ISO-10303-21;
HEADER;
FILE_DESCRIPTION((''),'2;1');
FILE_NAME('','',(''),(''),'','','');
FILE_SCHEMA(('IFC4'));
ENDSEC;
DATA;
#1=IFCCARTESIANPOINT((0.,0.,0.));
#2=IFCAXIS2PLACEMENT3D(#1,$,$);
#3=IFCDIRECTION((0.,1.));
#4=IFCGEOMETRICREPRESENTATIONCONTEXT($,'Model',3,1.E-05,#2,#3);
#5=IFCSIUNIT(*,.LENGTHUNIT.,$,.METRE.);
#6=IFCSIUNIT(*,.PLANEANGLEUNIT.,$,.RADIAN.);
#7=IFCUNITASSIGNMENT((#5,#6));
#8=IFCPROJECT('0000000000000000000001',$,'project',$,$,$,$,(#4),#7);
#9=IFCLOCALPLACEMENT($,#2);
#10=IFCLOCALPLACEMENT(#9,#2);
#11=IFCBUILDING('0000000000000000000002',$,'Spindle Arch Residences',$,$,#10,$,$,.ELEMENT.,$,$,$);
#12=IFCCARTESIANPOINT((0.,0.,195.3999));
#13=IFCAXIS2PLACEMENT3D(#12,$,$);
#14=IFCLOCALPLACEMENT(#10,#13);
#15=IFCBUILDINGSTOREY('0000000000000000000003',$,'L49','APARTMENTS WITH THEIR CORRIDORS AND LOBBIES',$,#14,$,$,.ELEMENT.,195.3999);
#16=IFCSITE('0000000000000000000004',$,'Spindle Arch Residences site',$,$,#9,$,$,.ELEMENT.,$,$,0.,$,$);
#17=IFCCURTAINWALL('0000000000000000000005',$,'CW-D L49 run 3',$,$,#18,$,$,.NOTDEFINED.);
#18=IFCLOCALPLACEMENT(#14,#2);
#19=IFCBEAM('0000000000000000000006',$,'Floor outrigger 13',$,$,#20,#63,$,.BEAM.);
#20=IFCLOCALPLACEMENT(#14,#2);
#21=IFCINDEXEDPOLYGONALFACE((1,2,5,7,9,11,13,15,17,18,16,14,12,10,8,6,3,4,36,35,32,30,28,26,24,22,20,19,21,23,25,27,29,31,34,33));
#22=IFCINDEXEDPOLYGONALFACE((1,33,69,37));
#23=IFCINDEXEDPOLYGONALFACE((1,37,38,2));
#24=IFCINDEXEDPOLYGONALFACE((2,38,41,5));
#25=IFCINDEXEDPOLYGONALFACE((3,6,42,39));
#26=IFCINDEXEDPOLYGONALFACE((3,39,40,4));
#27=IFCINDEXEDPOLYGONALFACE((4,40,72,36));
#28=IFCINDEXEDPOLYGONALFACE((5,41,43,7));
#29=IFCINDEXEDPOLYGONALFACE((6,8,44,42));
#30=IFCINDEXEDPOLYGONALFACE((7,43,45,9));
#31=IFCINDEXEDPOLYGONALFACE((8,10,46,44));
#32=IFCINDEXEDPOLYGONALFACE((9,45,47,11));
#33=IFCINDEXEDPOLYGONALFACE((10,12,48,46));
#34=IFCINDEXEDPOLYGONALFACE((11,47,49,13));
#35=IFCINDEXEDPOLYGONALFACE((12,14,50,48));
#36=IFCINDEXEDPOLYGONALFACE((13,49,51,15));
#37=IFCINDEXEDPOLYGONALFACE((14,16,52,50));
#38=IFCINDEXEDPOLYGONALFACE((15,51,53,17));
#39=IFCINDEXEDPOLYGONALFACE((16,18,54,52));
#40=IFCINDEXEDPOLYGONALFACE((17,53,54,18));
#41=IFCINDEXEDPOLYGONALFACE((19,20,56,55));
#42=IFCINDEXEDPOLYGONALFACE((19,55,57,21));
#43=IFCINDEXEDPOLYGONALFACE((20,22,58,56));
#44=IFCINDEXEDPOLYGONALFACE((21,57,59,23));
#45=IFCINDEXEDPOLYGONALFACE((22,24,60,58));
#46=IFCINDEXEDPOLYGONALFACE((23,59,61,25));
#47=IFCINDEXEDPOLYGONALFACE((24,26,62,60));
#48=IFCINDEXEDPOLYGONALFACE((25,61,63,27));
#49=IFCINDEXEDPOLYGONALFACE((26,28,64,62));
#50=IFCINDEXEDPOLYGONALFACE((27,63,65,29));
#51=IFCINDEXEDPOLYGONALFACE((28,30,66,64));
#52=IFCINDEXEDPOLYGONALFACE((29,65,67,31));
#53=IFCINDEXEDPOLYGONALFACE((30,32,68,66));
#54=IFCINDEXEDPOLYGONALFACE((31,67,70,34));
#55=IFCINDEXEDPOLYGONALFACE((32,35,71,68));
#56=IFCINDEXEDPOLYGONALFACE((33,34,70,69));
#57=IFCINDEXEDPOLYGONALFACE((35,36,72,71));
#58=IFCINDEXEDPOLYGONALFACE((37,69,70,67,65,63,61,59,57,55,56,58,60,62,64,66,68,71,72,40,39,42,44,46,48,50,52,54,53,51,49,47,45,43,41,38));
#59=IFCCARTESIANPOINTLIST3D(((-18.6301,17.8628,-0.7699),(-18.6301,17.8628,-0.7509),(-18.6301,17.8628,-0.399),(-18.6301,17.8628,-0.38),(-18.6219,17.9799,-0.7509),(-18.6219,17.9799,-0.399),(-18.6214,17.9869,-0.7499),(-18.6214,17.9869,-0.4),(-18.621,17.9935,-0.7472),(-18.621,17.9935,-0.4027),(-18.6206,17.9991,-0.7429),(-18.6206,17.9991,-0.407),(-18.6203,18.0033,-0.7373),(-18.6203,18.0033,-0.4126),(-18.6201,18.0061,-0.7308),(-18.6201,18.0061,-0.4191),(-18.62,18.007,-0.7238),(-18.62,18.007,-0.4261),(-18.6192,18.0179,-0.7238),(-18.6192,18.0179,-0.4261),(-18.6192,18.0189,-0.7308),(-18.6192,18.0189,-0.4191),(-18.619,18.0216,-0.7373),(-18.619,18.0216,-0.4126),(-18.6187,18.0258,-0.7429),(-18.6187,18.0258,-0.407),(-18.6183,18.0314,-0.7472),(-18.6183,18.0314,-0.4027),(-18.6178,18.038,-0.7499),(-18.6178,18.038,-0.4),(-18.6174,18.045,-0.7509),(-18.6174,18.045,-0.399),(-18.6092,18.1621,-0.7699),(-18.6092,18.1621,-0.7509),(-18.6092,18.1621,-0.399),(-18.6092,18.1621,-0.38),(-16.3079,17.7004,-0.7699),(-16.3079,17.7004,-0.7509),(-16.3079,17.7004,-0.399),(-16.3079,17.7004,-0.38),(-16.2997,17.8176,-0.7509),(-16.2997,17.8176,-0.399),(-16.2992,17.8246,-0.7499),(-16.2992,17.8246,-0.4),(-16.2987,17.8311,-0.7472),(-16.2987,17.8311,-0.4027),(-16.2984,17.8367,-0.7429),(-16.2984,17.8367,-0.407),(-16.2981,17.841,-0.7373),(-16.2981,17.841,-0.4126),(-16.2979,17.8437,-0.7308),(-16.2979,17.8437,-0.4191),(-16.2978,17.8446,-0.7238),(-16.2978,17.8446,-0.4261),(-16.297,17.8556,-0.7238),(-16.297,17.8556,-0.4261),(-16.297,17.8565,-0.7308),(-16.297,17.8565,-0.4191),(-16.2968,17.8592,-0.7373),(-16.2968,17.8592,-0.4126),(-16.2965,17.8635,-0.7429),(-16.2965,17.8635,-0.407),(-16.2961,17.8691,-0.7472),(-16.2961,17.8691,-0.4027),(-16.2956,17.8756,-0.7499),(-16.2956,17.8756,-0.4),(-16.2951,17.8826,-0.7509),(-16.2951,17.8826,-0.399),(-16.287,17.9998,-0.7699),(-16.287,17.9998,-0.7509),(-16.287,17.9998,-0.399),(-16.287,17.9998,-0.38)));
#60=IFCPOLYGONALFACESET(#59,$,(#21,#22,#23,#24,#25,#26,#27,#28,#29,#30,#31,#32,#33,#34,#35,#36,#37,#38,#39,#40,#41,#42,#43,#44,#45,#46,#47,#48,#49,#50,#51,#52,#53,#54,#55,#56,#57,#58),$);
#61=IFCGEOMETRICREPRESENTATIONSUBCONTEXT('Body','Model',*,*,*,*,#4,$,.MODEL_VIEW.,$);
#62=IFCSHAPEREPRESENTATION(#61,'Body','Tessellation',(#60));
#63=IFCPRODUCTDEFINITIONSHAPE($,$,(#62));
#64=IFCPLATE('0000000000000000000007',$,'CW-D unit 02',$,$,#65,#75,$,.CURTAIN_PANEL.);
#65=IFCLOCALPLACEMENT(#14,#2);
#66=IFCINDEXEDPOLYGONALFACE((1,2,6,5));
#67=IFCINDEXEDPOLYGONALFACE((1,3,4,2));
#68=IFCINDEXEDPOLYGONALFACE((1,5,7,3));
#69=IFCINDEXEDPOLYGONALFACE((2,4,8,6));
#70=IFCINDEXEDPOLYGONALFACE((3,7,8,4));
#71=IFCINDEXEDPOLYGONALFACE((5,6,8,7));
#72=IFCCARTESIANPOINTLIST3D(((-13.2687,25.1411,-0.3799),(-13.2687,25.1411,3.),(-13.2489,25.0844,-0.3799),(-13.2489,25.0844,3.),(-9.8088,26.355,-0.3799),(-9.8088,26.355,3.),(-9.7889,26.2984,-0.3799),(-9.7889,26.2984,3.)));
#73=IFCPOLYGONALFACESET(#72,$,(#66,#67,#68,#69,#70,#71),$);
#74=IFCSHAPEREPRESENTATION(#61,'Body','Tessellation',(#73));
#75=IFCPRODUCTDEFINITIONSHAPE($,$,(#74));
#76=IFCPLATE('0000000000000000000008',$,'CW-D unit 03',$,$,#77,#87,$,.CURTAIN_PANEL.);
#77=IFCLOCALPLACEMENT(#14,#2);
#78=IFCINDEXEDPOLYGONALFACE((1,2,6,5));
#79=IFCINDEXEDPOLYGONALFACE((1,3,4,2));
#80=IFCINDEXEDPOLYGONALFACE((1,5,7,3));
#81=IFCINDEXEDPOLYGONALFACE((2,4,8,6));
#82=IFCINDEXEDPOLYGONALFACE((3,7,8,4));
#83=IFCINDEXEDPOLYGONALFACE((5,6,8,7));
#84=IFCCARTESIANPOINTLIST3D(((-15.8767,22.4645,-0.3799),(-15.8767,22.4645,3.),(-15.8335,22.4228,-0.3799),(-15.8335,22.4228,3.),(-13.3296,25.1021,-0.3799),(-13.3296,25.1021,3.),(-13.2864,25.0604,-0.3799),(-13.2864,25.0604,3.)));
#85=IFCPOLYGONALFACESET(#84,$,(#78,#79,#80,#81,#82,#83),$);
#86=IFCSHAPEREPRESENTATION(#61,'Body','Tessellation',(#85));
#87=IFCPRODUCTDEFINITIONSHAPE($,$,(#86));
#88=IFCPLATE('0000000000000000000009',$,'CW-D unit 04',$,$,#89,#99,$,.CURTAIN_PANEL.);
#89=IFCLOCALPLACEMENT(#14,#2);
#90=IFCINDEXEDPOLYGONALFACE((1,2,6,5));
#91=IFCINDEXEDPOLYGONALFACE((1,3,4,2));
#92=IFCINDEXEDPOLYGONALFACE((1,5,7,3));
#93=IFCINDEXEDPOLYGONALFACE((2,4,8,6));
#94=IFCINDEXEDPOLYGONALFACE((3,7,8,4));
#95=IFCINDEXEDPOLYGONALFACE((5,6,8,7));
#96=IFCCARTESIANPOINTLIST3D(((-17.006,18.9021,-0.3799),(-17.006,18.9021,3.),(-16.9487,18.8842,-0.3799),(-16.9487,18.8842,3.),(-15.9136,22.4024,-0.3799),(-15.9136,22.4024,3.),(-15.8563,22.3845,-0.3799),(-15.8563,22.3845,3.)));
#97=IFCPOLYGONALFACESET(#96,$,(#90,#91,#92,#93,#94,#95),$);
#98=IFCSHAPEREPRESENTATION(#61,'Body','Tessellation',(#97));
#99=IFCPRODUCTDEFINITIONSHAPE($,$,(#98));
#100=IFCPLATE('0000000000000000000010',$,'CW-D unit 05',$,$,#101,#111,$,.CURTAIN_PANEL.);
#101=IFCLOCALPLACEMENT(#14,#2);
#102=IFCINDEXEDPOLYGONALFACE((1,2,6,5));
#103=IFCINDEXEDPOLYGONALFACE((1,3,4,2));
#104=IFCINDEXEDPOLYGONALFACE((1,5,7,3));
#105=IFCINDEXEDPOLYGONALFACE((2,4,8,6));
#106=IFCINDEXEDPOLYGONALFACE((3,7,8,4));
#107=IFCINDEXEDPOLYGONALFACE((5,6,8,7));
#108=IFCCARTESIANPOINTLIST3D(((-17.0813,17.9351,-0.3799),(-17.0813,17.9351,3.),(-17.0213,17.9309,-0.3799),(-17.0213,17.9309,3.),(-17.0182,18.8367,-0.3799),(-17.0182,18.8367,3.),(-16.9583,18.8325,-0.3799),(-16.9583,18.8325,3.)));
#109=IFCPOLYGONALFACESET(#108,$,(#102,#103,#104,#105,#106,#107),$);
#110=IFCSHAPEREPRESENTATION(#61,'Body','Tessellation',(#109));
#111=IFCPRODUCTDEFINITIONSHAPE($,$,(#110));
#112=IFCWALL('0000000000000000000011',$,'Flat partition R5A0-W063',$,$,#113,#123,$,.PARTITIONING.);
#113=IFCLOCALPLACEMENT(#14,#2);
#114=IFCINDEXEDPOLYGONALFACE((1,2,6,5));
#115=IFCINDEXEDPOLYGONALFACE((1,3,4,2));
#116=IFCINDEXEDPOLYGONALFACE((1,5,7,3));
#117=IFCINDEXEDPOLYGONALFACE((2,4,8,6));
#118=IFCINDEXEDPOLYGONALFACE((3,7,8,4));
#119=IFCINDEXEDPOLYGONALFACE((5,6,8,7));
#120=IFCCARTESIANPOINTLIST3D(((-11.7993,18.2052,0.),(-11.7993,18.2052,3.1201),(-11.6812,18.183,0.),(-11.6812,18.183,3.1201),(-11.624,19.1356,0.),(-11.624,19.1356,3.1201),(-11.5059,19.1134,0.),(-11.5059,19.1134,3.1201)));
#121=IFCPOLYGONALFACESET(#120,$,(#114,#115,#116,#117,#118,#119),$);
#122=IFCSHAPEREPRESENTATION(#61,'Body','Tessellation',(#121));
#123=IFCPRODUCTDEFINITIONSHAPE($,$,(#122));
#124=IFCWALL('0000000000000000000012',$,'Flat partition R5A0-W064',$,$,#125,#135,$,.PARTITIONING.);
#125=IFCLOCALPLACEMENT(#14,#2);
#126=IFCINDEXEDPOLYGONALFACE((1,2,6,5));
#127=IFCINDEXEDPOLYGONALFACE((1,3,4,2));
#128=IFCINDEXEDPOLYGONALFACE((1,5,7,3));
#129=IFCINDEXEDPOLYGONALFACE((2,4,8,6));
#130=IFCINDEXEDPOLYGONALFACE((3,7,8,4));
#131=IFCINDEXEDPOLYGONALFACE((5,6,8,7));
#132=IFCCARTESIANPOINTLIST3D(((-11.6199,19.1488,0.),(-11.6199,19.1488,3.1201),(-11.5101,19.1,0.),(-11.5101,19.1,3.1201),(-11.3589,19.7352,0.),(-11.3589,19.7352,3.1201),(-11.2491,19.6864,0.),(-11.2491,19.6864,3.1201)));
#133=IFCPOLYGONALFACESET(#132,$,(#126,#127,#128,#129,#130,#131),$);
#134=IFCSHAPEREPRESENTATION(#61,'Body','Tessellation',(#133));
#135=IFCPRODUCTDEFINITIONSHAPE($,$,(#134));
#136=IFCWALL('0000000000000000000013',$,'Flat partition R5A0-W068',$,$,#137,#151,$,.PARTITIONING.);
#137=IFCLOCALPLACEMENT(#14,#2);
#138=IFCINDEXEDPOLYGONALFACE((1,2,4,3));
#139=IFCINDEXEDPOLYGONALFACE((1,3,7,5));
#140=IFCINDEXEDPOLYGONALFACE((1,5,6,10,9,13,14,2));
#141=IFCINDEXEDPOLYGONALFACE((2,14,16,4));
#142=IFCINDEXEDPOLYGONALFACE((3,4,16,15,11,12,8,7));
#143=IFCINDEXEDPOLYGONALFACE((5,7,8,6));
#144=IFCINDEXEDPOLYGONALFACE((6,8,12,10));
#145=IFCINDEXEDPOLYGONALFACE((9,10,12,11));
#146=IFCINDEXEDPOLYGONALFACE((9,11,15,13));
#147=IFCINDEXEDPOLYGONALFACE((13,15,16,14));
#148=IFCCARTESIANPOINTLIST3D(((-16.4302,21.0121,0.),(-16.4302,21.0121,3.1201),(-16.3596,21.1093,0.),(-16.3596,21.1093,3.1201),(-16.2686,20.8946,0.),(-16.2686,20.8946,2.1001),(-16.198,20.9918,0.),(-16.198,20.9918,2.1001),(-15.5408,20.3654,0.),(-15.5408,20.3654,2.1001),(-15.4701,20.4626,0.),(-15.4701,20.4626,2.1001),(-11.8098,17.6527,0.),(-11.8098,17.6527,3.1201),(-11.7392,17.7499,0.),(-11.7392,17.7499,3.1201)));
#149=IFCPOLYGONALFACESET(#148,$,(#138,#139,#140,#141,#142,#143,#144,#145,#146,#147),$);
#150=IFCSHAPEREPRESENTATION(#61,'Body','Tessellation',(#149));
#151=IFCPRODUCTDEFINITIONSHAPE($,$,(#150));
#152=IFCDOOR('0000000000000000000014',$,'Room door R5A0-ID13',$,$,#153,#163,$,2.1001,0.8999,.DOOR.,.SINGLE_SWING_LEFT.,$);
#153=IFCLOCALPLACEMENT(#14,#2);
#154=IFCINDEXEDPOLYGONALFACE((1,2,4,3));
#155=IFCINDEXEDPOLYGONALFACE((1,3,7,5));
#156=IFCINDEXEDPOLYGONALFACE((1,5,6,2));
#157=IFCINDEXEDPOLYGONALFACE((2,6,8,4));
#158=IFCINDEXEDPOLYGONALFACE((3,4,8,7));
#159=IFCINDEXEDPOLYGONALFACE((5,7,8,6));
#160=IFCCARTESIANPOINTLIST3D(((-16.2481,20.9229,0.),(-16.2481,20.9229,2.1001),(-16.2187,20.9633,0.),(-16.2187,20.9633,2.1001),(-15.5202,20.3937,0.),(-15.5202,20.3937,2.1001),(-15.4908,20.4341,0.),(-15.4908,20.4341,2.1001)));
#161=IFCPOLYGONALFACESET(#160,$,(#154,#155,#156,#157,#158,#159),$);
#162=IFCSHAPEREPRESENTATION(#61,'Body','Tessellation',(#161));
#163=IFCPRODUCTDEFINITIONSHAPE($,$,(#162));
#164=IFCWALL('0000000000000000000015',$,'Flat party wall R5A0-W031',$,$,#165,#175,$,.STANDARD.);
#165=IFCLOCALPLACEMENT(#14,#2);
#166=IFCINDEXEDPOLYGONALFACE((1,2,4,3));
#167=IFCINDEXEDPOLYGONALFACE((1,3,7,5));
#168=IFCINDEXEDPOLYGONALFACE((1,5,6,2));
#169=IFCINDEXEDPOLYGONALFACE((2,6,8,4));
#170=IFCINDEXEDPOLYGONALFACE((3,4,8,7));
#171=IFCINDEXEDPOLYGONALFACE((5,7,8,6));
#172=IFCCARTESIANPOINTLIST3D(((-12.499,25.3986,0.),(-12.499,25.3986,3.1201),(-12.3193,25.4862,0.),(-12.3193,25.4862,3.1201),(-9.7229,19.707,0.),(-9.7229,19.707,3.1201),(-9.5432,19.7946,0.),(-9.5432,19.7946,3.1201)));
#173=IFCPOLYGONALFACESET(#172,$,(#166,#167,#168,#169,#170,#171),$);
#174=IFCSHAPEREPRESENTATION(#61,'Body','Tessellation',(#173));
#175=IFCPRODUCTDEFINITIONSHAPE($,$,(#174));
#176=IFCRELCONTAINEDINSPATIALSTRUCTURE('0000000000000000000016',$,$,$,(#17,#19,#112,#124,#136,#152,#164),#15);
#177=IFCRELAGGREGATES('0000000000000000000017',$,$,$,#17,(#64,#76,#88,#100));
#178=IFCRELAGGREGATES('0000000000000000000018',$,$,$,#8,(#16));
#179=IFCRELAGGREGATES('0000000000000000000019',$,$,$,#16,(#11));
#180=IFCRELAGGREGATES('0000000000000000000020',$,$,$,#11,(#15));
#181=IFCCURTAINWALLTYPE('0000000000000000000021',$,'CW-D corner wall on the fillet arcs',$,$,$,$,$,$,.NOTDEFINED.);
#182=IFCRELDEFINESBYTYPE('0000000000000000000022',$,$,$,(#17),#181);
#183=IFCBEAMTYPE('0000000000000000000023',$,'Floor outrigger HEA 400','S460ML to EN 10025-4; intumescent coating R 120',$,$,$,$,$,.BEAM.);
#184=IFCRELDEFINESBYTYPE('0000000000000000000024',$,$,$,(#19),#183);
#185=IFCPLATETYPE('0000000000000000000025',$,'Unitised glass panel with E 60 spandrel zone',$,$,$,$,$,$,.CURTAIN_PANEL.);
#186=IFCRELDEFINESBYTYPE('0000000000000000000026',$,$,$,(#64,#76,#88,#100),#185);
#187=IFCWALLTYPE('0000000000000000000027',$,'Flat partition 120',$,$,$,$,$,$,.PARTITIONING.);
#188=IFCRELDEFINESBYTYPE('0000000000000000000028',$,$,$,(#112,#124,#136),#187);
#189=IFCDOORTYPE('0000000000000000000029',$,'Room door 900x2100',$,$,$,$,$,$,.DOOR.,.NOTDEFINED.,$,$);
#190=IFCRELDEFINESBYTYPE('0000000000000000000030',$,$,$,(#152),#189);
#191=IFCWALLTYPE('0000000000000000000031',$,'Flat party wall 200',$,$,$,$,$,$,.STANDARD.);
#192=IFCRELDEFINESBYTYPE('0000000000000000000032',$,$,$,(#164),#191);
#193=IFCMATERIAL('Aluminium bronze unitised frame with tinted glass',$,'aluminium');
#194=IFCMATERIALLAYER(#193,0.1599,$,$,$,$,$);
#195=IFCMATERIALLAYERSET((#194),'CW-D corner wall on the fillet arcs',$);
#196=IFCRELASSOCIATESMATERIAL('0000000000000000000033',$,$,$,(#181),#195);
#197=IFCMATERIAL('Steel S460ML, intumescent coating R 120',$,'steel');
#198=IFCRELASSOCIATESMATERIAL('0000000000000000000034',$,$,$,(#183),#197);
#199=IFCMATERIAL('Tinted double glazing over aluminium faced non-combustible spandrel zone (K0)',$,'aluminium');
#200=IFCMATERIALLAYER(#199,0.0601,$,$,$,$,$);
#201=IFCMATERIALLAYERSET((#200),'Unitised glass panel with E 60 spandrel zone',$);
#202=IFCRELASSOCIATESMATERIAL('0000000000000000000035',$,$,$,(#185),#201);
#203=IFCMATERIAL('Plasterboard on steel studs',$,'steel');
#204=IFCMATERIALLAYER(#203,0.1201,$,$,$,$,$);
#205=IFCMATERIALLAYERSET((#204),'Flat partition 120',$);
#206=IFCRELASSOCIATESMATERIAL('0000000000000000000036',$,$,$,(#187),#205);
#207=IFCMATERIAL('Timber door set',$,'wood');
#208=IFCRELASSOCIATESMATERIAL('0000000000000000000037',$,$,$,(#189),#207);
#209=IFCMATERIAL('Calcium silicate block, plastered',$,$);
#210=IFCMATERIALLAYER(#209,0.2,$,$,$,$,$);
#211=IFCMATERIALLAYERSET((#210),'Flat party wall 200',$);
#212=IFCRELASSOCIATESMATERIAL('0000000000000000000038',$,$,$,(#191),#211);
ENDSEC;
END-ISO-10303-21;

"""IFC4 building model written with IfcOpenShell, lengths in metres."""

from ifc_helpers import new_model, si_unit, direction, frame, frame_2d, origin, origin_2d, place, context, subcontext, project, spatial, rectangle, i_section, extrude, material, layer, layer_set, material_profile, profile_set, type_object, element, fill, aggregate, save


model = new_model("IFC4")

# Units and contexts
model_context = context("Model", 3, precision=1e-05, world=origin(), true_north=direction((0.0, 1.0)))
body_context = subcontext(model_context, "Body", "Model", "MODEL_VIEW")
ifc_project = project(units=[si_unit("LENGTHUNIT", "METRE"), si_unit("PLANEANGLEUNIT", "RADIAN")], contexts=[model_context])

# Site, building, storey
site_placement = place(None, origin())
site = spatial("IfcSite", under=ifc_project, at=site_placement, Name="Spindle Arch Residences site", CompositionType="ELEMENT", RefElevation=0.0)
building_placement = place(site_placement, origin())
building = spatial("IfcBuilding", under=site, at=building_placement, Name="Spindle Arch Residences", CompositionType="ELEMENT")
storey_placement = place(building_placement, frame((0.0, 0.0, 195.3999)))
storey = spatial("IfcBuildingStorey", under=building, at=storey_placement, Name="L49", Description="APARTMENTS WITH THEIR CORRIDORS AND LOBBIES", CompositionType="ELEMENT", Elevation=195.3999)

# Curtain wall
ifc_material_1 = material(Name="Aluminium bronze unitised frame with tinted glass", Category="aluminium")
ifc_layer_1 = layer(ifc_material_1, 0.1599)
ifc_layer_set_1 = layer_set([ifc_layer_1], Name="CW-D corner wall on the fillet arcs")
curtain_wall_type_1 = type_object("IfcCurtainWallType", Name="CW-D corner wall on the fillet arcs", PredefinedType="NOTDEFINED", material=ifc_layer_set_1)
curtain_wall_1_placement = place(storey_placement, origin())
curtain_wall_1 = element("IfcCurtainWall", 1, at=curtain_wall_1_placement, inside=storey, type_object=curtain_wall_type_1, Name="CW-D L49 run 3", PredefinedType="NOTDEFINED")

# Beam
ifc_material_2 = material(Name="Steel S460ML, intumescent coating R 120", Category="steel")
ifc_material_profile_1 = material_profile(ifc_material_2, i_section(OverallWidth=0.3, OverallDepth=0.3899, WebThickness=0.011, FlangeThickness=0.019, FilletRadius=0.0271, at=origin_2d()), Name="HEA 400")
ifc_profile_set_1 = profile_set([ifc_material_profile_1], Name="Steel S460ML, intumescent coating R 120")
beam_type_1 = type_object("IfcBeamType", Name="Floor outrigger HEA 400", Description="S460ML to EN 10025-4; intumescent coating R 120", PredefinedType="BEAM", material=ifc_profile_set_1)
beam_1_placement = place(storey_placement, frame((-18.6196, 18.0125, -0.575), z_axis=(0.997565, -0.069741, 0.0), x_axis=(0.069741, 0.997565, 0.0)))
element("IfcBeam", 2, at=beam_1_placement, inside=storey, type_object=beam_type_1, Name="Floor outrigger 13", PredefinedType="BEAM", context=body_context, shape_type="SweptSolid", body=[
    extrude(i_section(OverallWidth=0.3, OverallDepth=0.3899, WebThickness=0.011, FlangeThickness=0.019, FilletRadius=0.0271, at=origin_2d()), origin(), (0.0, 0.0, 1.0), 2.3279),
])

# Plates
ifc_material_3 = material(Name="Tinted double glazing over aluminium faced non-combustible spandrel zone (K0)", Category="aluminium")
ifc_layer_2 = layer(ifc_material_3, 0.0601)
ifc_layer_set_2 = layer_set([ifc_layer_2], Name="Unitised glass panel with E 60 spandrel zone")
plate_type = type_object("IfcPlateType", Name="Unitised glass panel with E 60 spandrel zone", PredefinedType="CURTAIN_PANEL", material=ifc_layer_set_2)
plate_1_placement = place(storey_placement, frame((-11.5288, 25.7197, -0.3799), z_axis=(0.0, 0.0, 1.0), x_axis=(-0.943609, -0.331063, 0.0)))
plate_1 = element("IfcPlate", 3, at=plate_1_placement, type_object=plate_type, Name="CW-D unit 02", PredefinedType="CURTAIN_PANEL", context=body_context, shape_type="SweptSolid", body=[
    extrude(rectangle(XDim=3.6667, YDim=0.0601, at=origin_2d()), origin(), (0.0, 0.0, 1.0), 3.3799),
])
plate_2_placement = place(storey_placement, frame((-14.5815, 23.7625, -0.3799), z_axis=(0.0, 0.0, 1.0), x_axis=(-0.694658, -0.71934, 0.0)))
plate_2 = element("IfcPlate", 4, at=plate_2_placement, type_object=plate_type, Name="CW-D unit 03", PredefinedType="CURTAIN_PANEL", context=body_context, shape_type="SweptSolid", body=[
    extrude(rectangle(XDim=3.6667, YDim=0.0601, at=origin_2d()), origin(), (0.0, 0.0, 1.0), 3.3799),
])
plate_3_placement = place(storey_placement, frame((-16.4312, 20.6433, -0.3799), z_axis=(0.0, 0.0, 1.0), x_axis=(-0.29793, -0.954588, 0.0)))
plate_3 = element("IfcPlate", 5, at=plate_3_placement, type_object=plate_type, Name="CW-D unit 04", PredefinedType="CURTAIN_PANEL", context=body_context, shape_type="SweptSolid", body=[
    extrude(rectangle(XDim=3.6667, YDim=0.0601, at=origin_2d()), origin(), (0.0, 0.0, 1.0), 3.3799),
])
plate_4_placement = place(storey_placement, frame((-17.0198, 18.3838, -0.3799), z_axis=(0.0, 0.0, 1.0), x_axis=(-0.069756, -0.997564, 0.0)))
plate_4 = element("IfcPlate", 6, at=plate_4_placement, type_object=plate_type, Name="CW-D unit 05", PredefinedType="CURTAIN_PANEL", context=body_context, shape_type="SweptSolid", body=[
    extrude(rectangle(XDim=0.9038, YDim=0.0601, at=origin_2d()), origin(), (0.0, 0.0, 1.0), 3.3799),
])
aggregate(curtain_wall_1, [plate_1, plate_2, plate_3, plate_4])

# Walls
ifc_material_4 = material(Name="Plasterboard on steel studs", Category="steel")
ifc_layer_3 = layer(ifc_material_4, 0.1201)
ifc_layer_set_3 = layer_set([ifc_layer_3], Name="Flat partition 120")
wall_type_1 = type_object("IfcWallType", Name="Flat partition 120", PredefinedType="PARTITIONING", material=ifc_layer_set_3)
wall_1_placement = place(storey_placement, frame((-11.7402, 18.1941, 0.0), z_axis=(0.0, 0.0, 1.0), x_axis=(0.185145, 0.982711, 0.0)))
element("IfcWall", 7, at=wall_1_placement, inside=storey, type_object=wall_type_1, Name="Flat partition R5A0-W063", PredefinedType="PARTITIONING", context=body_context, shape_type="SweptSolid", body=[
    extrude(rectangle(XDim=0.9468, YDim=0.1201, at=frame_2d((0.4734, 0.0))), origin(), (0.0, 0.0, 1.0), 3.1201),
])
wall_2_placement = place(storey_placement, frame((-11.5649, 19.1245, 0.0), z_axis=(0.0, 0.0, 1.0), x_axis=(0.406597, 0.913608, 0.0)))
element("IfcWall", 8, at=wall_2_placement, inside=storey, type_object=wall_type_1, Name="Flat partition R5A0-W064", PredefinedType="PARTITIONING", context=body_context, shape_type="SweptSolid", body=[
    extrude(rectangle(XDim=0.6418, YDim=0.1201, at=frame_2d((0.3208, 0.0))), origin(), (0.0, 0.0, 1.0), 3.1201),
])

# Wall, opening, door
wall_3_placement = place(storey_placement, frame((-16.395, 21.0608, 0.0), z_axis=(0.0, 0.0, 1.0), x_axis=(0.80881, -0.58807, 0.0)))
wall_3 = element("IfcWall", 9, at=wall_3_placement, inside=storey, type_object=wall_type_1, Name="Flat partition R5A0-W068", PredefinedType="PARTITIONING", context=body_context, shape_type="SweptSolid", body=[
    extrude(rectangle(XDim=5.7126, YDim=0.1201, at=frame_2d((2.8564, 0.0))), origin(), (0.0, 0.0, 1.0), 3.1201),
])
opening_placement = place(wall_3_placement, frame((0.2, 0.0, 0.0)))
opening = element("IfcOpeningElement", 10, at=opening_placement, cuts=wall_3, PredefinedType="OPENING", context=body_context, shape_type="SweptSolid", body=[
    extrude(rectangle(XDim=0.8999, YDim=2.1001, at=frame_2d((0.45, 1.05))), frame((0.0, 0.0701, 0.0), z_axis=(0.0, -1.0, 0.0), x_axis=(1.0, 0.0, 0.0)), (0.0, 0.0, 1.0), 0.1401),
])
ifc_material_5 = material(Name="Timber door set", Category="wood")
door_type = type_object("IfcDoorType", Name="Room door 900x2100", OperationType="NOTDEFINED", PredefinedType="DOOR", material=ifc_material_5)
door_placement = place(opening_placement, origin())
door = element("IfcDoor", 11, at=door_placement, inside=storey, type_object=door_type, Name="Room door R5A0-ID13", OperationType="SINGLE_SWING_LEFT", OverallHeight=2.1001, OverallWidth=0.8999, PredefinedType="DOOR", context=body_context, shape_type="SweptSolid", body=[
    extrude(rectangle(XDim=0.8999, YDim=2.1001, at=frame_2d((0.45, 1.05))), frame((0.0, 0.0249, 0.0), z_axis=(0.0, -1.0, 0.0), x_axis=(1.0, 0.0, 0.0)), (0.0, 0.0, 1.0), 0.05),
])
fill(opening, door)

# Wall
ifc_material_6 = material(Name="Calcium silicate block, plastered")
ifc_layer_4 = layer(ifc_material_6, 0.2)
ifc_layer_set_4 = layer_set([ifc_layer_4], Name="Flat party wall 200")
wall_type_2 = type_object("IfcWallType", Name="Flat party wall 200", PredefinedType="STANDARD", material=ifc_layer_set_4)
wall_4_placement = place(storey_placement, frame((-12.4092, 25.4424, 0.0), z_axis=(0.0, 0.0, 1.0), x_axis=(0.438386, -0.898787, 0.0)))
element("IfcWall", 12, at=wall_4_placement, inside=storey, type_object=wall_type_2, Name="Flat party wall R5A0-W031", PredefinedType="STANDARD", context=body_context, shape_type="SweptSolid", body=[
    extrude(rectangle(XDim=6.3325, YDim=0.2, at=frame_2d((3.1663, 0.0))), origin(), (0.0, 0.0, 1.0), 3.1201),
])

save(model, "model.ifc")
